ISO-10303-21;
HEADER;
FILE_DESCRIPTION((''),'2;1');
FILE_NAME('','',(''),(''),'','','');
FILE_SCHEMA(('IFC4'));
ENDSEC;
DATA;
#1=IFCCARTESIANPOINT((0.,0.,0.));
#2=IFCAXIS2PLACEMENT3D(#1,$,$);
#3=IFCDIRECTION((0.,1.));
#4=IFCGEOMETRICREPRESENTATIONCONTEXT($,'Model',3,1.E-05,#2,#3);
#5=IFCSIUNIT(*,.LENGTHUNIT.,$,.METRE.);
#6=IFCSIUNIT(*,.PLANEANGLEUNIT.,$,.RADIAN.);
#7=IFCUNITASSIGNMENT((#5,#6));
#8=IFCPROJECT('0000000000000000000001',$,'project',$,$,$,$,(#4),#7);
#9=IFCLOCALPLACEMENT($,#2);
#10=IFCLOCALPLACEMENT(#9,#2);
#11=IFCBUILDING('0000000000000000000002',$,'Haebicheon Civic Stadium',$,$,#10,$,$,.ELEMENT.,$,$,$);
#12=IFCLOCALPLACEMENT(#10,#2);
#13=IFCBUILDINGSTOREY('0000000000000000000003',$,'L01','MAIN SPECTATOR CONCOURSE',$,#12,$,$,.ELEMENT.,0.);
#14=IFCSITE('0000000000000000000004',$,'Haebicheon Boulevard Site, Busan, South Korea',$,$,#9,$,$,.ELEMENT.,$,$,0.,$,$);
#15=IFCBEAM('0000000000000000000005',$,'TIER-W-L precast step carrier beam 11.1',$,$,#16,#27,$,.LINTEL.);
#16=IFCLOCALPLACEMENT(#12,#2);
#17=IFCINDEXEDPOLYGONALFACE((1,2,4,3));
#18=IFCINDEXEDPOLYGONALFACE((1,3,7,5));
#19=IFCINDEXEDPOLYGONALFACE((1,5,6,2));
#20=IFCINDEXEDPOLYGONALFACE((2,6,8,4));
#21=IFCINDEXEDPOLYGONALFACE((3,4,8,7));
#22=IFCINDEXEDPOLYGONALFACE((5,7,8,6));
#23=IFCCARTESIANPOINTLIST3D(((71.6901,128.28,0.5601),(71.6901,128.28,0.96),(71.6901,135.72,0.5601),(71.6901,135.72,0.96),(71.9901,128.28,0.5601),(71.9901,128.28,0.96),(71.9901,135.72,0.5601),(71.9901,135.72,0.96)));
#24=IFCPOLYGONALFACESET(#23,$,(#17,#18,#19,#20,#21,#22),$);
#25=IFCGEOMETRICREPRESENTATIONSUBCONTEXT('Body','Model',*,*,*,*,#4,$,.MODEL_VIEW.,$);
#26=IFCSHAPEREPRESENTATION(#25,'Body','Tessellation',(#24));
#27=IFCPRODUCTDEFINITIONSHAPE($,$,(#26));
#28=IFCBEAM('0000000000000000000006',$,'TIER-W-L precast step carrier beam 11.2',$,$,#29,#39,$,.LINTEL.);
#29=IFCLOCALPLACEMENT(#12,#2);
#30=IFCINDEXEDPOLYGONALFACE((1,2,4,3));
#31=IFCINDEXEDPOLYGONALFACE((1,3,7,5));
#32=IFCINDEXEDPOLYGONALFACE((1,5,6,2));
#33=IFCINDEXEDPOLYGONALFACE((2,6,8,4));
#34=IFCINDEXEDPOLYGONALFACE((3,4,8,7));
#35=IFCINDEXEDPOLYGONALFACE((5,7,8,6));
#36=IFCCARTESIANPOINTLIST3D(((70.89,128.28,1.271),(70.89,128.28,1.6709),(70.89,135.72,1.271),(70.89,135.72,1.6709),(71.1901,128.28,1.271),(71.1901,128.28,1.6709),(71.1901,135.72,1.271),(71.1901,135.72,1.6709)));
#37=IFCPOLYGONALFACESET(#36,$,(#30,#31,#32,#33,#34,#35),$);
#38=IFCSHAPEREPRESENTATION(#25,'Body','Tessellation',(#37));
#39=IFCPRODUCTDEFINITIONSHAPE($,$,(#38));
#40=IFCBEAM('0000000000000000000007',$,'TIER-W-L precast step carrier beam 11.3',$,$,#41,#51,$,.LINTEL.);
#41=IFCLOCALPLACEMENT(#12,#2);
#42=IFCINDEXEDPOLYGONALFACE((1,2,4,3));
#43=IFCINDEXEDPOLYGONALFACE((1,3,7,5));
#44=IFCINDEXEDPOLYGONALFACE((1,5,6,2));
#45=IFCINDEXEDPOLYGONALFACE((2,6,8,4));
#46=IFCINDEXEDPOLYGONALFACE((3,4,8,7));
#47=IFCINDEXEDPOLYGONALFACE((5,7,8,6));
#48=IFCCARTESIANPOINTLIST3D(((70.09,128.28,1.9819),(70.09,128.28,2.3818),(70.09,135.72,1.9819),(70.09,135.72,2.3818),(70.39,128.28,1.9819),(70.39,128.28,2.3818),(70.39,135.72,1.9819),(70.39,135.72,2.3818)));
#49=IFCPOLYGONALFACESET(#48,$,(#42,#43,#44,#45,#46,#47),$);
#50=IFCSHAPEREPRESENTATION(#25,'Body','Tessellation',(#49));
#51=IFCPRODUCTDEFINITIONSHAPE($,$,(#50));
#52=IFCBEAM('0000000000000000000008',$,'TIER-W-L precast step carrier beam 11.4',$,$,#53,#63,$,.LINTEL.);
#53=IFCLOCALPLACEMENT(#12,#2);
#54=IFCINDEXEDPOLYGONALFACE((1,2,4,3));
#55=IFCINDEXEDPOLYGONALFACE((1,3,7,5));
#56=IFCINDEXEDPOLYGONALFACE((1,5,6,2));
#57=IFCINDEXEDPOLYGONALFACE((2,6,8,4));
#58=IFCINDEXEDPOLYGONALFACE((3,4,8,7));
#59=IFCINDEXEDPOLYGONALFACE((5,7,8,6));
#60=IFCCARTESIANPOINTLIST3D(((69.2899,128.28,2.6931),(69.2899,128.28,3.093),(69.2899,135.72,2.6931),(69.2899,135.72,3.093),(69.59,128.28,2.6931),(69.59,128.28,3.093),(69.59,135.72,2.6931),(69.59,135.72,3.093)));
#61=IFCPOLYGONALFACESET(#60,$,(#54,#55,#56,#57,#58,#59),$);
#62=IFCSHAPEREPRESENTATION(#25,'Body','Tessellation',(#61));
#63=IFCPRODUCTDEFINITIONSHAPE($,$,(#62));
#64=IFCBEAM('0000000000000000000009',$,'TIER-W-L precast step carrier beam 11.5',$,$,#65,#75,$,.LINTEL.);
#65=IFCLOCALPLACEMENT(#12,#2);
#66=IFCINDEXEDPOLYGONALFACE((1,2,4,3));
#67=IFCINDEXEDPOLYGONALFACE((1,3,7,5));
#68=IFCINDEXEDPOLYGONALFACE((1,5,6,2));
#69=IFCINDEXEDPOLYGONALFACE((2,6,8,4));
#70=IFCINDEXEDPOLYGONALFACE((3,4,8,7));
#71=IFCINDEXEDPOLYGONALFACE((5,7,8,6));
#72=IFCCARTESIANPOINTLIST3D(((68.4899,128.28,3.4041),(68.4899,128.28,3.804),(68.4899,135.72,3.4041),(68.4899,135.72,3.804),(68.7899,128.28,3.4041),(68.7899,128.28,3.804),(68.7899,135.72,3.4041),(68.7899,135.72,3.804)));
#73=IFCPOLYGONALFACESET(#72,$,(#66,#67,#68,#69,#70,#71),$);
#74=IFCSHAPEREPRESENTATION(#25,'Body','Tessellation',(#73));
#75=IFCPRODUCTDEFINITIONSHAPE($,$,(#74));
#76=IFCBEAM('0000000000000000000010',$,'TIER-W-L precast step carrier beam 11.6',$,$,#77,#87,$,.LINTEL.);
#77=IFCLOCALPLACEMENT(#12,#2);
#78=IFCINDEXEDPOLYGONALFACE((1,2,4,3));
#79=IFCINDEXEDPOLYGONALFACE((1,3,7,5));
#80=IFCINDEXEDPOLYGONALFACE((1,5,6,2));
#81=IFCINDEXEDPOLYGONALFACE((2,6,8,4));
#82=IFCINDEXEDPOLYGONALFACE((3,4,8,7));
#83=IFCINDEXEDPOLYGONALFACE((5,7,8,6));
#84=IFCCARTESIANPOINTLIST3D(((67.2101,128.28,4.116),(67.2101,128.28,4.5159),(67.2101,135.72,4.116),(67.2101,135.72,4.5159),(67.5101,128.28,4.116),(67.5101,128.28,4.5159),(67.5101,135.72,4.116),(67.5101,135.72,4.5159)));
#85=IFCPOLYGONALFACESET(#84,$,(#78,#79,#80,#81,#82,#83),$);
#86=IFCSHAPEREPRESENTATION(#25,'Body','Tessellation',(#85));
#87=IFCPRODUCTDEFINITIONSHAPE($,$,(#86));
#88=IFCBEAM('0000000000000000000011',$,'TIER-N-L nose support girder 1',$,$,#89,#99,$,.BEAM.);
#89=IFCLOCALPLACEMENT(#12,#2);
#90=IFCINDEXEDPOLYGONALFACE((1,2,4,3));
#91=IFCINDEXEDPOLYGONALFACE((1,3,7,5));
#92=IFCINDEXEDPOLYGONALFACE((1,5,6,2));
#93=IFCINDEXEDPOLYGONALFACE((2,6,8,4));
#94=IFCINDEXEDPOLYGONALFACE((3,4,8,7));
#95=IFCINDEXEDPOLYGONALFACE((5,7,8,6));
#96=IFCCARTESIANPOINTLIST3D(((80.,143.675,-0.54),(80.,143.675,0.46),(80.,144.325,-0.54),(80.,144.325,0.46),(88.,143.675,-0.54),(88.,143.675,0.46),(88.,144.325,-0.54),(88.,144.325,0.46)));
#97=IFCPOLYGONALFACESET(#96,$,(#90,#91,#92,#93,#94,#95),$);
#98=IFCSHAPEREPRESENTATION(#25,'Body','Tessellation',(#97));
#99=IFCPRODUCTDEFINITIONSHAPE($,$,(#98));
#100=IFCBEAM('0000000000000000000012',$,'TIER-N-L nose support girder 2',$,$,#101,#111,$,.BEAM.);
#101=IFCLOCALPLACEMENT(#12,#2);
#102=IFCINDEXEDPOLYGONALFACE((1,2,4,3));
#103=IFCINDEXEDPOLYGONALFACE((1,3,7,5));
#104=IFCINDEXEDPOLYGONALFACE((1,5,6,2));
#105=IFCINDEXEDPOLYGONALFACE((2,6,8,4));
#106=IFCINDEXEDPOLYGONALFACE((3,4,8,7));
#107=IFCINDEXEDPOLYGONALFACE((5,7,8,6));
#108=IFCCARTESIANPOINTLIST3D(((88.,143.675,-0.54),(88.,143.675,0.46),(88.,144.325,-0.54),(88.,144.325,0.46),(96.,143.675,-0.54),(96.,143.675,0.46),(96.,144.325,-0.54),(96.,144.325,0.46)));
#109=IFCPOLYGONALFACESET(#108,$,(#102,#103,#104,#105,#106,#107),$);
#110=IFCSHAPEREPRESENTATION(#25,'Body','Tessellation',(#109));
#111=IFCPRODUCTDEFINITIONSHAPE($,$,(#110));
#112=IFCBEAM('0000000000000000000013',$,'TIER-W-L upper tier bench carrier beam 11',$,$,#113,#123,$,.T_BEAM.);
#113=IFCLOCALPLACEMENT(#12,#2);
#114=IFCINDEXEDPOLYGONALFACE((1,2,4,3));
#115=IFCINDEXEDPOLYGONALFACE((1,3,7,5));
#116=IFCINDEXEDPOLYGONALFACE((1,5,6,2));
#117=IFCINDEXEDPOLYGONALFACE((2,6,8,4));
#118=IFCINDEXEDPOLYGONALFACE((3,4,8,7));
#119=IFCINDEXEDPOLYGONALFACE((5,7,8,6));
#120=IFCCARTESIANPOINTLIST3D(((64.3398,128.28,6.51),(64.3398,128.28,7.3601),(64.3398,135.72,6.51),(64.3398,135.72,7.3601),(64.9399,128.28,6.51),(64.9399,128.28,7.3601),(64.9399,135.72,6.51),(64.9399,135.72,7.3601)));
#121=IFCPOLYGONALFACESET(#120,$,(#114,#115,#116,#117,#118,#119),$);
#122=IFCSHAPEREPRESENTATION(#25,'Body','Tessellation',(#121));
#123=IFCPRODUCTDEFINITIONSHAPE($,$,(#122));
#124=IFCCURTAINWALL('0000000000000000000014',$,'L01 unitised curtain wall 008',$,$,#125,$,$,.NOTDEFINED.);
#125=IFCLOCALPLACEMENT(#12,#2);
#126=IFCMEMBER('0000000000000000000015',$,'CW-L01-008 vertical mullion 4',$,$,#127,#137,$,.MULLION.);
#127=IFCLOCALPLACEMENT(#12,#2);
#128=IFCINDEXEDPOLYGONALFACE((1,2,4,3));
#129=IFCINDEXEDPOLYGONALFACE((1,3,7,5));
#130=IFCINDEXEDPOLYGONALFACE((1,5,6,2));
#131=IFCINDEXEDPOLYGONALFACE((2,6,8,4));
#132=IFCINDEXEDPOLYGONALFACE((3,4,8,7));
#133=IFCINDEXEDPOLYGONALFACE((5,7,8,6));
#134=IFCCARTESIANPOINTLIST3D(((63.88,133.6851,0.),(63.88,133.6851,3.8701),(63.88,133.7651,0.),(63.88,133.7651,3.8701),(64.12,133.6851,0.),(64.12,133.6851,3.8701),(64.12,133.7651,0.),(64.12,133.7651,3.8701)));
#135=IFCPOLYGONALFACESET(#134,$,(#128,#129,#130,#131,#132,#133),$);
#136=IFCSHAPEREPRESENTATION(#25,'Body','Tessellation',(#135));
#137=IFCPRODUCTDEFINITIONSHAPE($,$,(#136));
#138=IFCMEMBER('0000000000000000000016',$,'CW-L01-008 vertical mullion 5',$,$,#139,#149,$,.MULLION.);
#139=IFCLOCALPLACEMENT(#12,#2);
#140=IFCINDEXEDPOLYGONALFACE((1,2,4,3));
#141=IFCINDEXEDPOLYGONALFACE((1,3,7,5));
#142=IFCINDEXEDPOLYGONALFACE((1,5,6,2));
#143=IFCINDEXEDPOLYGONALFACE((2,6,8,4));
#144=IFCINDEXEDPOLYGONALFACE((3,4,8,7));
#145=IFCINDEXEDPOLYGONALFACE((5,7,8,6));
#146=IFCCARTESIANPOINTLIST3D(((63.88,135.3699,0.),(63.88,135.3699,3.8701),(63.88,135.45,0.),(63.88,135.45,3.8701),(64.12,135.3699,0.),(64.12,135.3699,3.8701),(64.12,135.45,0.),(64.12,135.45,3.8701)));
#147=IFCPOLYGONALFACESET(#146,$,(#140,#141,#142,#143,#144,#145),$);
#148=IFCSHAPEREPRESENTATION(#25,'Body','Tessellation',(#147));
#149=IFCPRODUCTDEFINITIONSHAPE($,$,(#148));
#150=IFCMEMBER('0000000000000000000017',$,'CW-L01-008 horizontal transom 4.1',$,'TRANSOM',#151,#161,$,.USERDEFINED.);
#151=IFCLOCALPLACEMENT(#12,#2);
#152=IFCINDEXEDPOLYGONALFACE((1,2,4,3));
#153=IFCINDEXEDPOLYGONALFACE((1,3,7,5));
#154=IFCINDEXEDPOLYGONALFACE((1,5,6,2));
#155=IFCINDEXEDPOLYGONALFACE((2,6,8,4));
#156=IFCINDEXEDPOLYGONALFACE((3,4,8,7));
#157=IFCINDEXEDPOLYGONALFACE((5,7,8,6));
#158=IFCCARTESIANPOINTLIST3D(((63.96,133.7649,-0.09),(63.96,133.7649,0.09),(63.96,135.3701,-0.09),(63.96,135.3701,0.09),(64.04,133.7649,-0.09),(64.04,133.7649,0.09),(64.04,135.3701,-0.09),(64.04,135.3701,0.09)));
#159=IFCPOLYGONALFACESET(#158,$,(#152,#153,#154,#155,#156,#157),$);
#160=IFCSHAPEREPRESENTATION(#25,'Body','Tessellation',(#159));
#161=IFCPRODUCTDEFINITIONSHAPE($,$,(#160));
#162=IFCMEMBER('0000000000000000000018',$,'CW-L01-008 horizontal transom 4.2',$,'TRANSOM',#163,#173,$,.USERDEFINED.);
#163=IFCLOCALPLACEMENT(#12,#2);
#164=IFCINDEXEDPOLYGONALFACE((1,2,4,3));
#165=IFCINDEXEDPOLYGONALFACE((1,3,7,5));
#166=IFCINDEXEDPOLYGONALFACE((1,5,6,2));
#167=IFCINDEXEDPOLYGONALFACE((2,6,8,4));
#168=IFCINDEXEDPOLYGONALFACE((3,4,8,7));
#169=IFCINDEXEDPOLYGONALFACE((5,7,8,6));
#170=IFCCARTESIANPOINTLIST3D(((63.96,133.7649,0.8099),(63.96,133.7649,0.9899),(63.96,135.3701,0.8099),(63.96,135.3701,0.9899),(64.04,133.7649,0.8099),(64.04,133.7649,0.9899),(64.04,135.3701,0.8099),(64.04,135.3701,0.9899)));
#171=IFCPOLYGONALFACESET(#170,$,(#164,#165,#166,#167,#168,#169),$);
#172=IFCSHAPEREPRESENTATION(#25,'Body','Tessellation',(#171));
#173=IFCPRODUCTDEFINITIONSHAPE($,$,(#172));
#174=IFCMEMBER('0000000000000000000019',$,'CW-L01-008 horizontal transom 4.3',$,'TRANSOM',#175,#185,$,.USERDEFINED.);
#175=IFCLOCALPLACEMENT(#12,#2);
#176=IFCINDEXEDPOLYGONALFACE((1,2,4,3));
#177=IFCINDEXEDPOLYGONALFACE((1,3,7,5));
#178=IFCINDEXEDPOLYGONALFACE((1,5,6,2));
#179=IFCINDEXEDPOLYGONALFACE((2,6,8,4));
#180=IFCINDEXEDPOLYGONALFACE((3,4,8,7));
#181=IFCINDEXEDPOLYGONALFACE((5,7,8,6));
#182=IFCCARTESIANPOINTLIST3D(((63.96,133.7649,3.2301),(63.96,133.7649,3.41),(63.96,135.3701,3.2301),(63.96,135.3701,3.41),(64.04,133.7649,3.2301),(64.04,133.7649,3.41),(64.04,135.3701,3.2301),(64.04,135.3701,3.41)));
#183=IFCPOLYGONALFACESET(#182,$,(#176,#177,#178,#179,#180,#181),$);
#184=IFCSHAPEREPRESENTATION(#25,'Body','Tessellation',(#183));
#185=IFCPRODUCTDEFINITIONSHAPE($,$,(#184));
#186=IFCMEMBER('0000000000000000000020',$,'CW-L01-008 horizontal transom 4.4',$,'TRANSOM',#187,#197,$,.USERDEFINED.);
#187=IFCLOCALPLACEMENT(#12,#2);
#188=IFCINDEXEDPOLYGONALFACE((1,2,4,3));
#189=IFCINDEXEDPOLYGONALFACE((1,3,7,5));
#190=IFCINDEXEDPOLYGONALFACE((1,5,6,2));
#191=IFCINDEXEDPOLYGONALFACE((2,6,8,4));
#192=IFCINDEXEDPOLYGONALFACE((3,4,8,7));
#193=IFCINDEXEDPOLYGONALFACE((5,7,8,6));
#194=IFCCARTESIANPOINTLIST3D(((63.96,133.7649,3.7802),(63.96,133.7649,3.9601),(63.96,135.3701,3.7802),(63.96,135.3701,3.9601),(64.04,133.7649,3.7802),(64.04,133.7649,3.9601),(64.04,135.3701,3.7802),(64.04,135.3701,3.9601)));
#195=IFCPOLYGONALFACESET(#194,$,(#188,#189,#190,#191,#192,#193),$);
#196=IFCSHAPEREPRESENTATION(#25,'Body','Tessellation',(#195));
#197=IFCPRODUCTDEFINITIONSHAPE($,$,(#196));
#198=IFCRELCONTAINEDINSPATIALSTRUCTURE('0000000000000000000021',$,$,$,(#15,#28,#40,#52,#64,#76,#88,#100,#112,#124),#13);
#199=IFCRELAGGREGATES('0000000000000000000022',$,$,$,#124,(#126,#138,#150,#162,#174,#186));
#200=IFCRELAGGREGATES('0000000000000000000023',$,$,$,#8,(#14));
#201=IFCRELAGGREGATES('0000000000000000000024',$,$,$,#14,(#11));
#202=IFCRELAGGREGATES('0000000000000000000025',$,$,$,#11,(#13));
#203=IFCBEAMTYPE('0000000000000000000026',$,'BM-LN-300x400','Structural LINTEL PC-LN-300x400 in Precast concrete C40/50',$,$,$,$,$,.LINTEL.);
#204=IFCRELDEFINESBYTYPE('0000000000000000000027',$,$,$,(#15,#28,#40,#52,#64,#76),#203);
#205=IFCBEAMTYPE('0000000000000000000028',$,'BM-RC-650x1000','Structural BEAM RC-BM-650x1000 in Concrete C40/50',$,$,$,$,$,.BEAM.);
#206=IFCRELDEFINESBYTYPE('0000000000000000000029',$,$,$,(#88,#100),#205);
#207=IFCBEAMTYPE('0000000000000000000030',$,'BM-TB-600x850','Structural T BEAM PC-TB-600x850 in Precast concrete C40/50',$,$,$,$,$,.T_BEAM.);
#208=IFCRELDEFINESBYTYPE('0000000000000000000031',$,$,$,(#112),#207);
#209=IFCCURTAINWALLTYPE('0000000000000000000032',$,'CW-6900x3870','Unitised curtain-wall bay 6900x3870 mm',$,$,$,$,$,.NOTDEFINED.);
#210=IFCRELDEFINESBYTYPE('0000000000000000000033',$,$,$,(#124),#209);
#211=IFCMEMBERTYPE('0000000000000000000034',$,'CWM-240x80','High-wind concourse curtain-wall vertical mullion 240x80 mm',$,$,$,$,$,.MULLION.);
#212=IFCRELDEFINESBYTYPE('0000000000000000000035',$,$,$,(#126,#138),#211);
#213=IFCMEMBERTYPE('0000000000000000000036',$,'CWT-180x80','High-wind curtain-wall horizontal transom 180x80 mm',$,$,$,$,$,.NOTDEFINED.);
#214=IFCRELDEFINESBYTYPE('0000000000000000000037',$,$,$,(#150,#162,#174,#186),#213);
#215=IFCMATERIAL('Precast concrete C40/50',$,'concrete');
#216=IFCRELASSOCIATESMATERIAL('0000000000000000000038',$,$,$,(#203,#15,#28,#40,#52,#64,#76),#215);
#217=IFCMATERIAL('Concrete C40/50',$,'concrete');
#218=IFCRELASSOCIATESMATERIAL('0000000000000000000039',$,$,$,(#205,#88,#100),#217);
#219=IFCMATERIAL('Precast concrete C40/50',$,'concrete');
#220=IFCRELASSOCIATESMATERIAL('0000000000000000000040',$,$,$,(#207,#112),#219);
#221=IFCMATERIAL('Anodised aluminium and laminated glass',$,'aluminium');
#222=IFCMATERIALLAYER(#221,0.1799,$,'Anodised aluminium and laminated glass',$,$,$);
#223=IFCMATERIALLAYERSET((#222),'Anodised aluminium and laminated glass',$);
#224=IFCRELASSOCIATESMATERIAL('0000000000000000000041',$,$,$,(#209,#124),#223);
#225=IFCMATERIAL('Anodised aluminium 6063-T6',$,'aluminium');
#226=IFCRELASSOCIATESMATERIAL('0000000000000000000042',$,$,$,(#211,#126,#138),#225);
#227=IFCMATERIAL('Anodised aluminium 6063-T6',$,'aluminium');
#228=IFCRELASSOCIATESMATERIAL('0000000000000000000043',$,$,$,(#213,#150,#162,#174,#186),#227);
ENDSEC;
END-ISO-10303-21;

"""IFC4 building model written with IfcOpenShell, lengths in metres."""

from ifc_helpers import new_model, si_unit, direction, frame, origin, origin_2d, place, context, subcontext, project, spatial, rectangle, extrude, material, layer, layer_set, material_profile, profile_set, type_object, element, aggregate, save


model = new_model("IFC4")

# Units and contexts
model_context = context("Model", 3, precision=1e-05, world=origin(), true_north=direction((0.0, 1.0)))
body_context = subcontext(model_context, "Body", "Model", "MODEL_VIEW")
ifc_project = project(units=[si_unit("LENGTHUNIT", "METRE"), si_unit("PLANEANGLEUNIT", "RADIAN")], contexts=[model_context])

# Site, building, storey
site_placement = place(None, origin())
site = spatial("IfcSite", under=ifc_project, at=site_placement, Name="Haebicheon Boulevard Site, Busan, South Korea", CompositionType="ELEMENT", RefElevation=0.0)
building_placement = place(site_placement, origin())
building = spatial("IfcBuilding", under=site, at=building_placement, Name="Haebicheon Civic Stadium", CompositionType="ELEMENT")
storey_placement = place(building_placement, origin())
storey = spatial("IfcBuildingStorey", under=building, at=storey_placement, Name="L01", Description="MAIN SPECTATOR CONCOURSE", CompositionType="ELEMENT", Elevation=0.0)

# Beams
ifc_material_1 = material(Name="Precast concrete C40/50", Category="concrete")
ifc_material_profile_1 = material_profile(ifc_material_1, rectangle(XDim=0.3, YDim=0.3999, at=origin_2d()), Name="PC-LN-300x400")
ifc_profile_set_1 = profile_set([ifc_material_profile_1], Name="Precast concrete C40/50")
beam_type_1 = type_object("IfcBeamType", Name="BM-LN-300x400", Description="Structural LINTEL PC-LN-300x400 in Precast concrete C40/50", PredefinedType="LINTEL", material=ifc_profile_set_1)
for number, where, z_axis, x_axis, name in (
    (1, (71.8401, 128.28, 0.76), (0.0, 1.0, 0.0), (-1.0, 0.0, 0.0), "TIER-W-L precast step carrier beam 11.1"),
    (2, (71.04, 128.28, 1.4709), (0.0, 1.0, 0.0), (-1.0, 0.0, 0.0), "TIER-W-L precast step carrier beam 11.2"),
    (3, (70.24, 128.28, 2.1819), (0.0, 1.0, 0.0), (-1.0, 0.0, 0.0), "TIER-W-L precast step carrier beam 11.3"),
    (4, (69.4399, 128.28, 2.8931), (0.0, 1.0, 0.0), (-1.0, 0.0, 0.0), "TIER-W-L precast step carrier beam 11.4"),
    (5, (68.6399, 128.28, 3.604), (0.0, 1.0, 0.0), (-1.0, 0.0, 0.0), "TIER-W-L precast step carrier beam 11.5"),
    (6, (67.3601, 128.28, 4.3159), (0.0, 1.0, 0.0), (-1.0, 0.0, 0.0), "TIER-W-L precast step carrier beam 11.6"),
):
    element("IfcBeam", number, at=place(storey_placement, frame(where, z_axis=z_axis, x_axis=x_axis)), inside=storey, type_object=beam_type_1, material=ifc_profile_set_1, Name=name, PredefinedType="LINTEL", context=body_context, shape_type="SweptSolid", body=[
        extrude(rectangle(XDim=0.3, YDim=0.3999, at=origin_2d()), origin(), (0.0, 0.0, 1.0), 7.4399),
    ])
ifc_material_2 = material(Name="Concrete C40/50", Category="concrete")
ifc_material_profile_2 = material_profile(ifc_material_2, rectangle(XDim=0.6499, YDim=1.0, at=origin_2d()), Name="RC-BM-650x1000")
ifc_profile_set_2 = profile_set([ifc_material_profile_2], Name="Concrete C40/50")
beam_type_2 = type_object("IfcBeamType", Name="BM-RC-650x1000", Description="Structural BEAM RC-BM-650x1000 in Concrete C40/50", PredefinedType="BEAM", material=ifc_profile_set_2)
for number, where, z_axis, x_axis, name in (
    (7, (80.0, 144.0, -0.04), (1.0, 0.0, 0.0), (0.0, 1.0, 0.0), "TIER-N-L nose support girder 1"),
    (8, (88.0, 144.0, -0.04), (1.0, 0.0, 0.0), (0.0, 1.0, 0.0), "TIER-N-L nose support girder 2"),
):
    element("IfcBeam", number, at=place(storey_placement, frame(where, z_axis=z_axis, x_axis=x_axis)), inside=storey, type_object=beam_type_2, material=ifc_profile_set_2, Name=name, PredefinedType="BEAM", context=body_context, shape_type="SweptSolid", body=[
        extrude(rectangle(XDim=0.6499, YDim=1.0, at=origin_2d()), origin(), (0.0, 0.0, 1.0), 8.0),
    ])
ifc_material_3 = material(Name="Precast concrete C40/50", Category="concrete")
ifc_material_profile_3 = material_profile(ifc_material_3, rectangle(XDim=0.6001, YDim=0.8501, at=origin_2d()), Name="PC-TB-600x850")
ifc_profile_set_3 = profile_set([ifc_material_profile_3], Name="Precast concrete C40/50")
beam_type_3 = type_object("IfcBeamType", Name="BM-TB-600x850", Description="Structural T BEAM PC-TB-600x850 in Precast concrete C40/50", PredefinedType="T_BEAM", material=ifc_profile_set_3)
beam_1_placement = place(storey_placement, frame((64.6399, 128.28, 6.9351), z_axis=(0.0, 1.0, 0.0), x_axis=(-1.0, 0.0, 0.0)))
element("IfcBeam", 9, at=beam_1_placement, inside=storey, type_object=beam_type_3, material=ifc_profile_set_3, Name="TIER-W-L upper tier bench carrier beam 11", PredefinedType="T_BEAM", context=body_context, shape_type="SweptSolid", body=[
    extrude(rectangle(XDim=0.6001, YDim=0.8501, at=origin_2d()), origin(), (0.0, 0.0, 1.0), 7.4399),
])

# Curtain wall, members
ifc_material_4 = material(Name="Anodised aluminium and laminated glass", Category="aluminium")
ifc_layer_1 = layer(ifc_material_4, 0.1799, Name="Anodised aluminium and laminated glass")
ifc_layer_set_1 = layer_set([ifc_layer_1], Name="Anodised aluminium and laminated glass")
curtain_wall_type = type_object("IfcCurtainWallType", Name="CW-6900x3870", Description="Unitised curtain-wall bay 6900x3870 mm", PredefinedType="NOTDEFINED", material=ifc_layer_set_1)
curtain_wall_placement = place(storey_placement, origin())
curtain_wall = element("IfcCurtainWall", 10, at=curtain_wall_placement, inside=storey, type_object=curtain_wall_type, material=ifc_layer_set_1, Name="L01 unitised curtain wall 008", PredefinedType="NOTDEFINED")
ifc_material_5 = material(Name="Anodised aluminium 6063-T6", Category="aluminium")
ifc_material_profile_4 = material_profile(ifc_material_5, rectangle(XDim=0.0801, YDim=0.24, at=origin_2d()), Name="ALU-MULL-80x240")
ifc_profile_set_4 = profile_set([ifc_material_profile_4], Name="Anodised aluminium 6063-T6")
member_type_1 = type_object("IfcMemberType", Name="CWM-240x80", Description="High-wind concourse curtain-wall vertical mullion 240x80 mm", PredefinedType="MULLION", material=ifc_profile_set_4)
member_1_placement = place(storey_placement, frame((64.0, 133.7251, 0.0), z_axis=(0.0, 0.0, 1.0), x_axis=(0.0, 1.0, 0.0)))
member_1 = element("IfcMember", 11, at=member_1_placement, type_object=member_type_1, material=ifc_profile_set_4, Name="CW-L01-008 vertical mullion 4", PredefinedType="MULLION", context=body_context, shape_type="SweptSolid", body=[
    extrude(rectangle(XDim=0.0801, YDim=0.24, at=origin_2d()), origin(), (0.0, 0.0, 1.0), 3.8701),
])
member_2_placement = place(storey_placement, frame((64.0, 135.4099, 0.0), z_axis=(0.0, 0.0, 1.0), x_axis=(0.0, 1.0, 0.0)))
member_2 = element("IfcMember", 12, at=member_2_placement, type_object=member_type_1, material=ifc_profile_set_4, Name="CW-L01-008 vertical mullion 5", PredefinedType="MULLION", context=body_context, shape_type="SweptSolid", body=[
    extrude(rectangle(XDim=0.0801, YDim=0.24, at=origin_2d()), origin(), (0.0, 0.0, 1.0), 3.8701),
])
ifc_material_6 = material(Name="Anodised aluminium 6063-T6", Category="aluminium")
ifc_material_profile_5 = material_profile(ifc_material_6, rectangle(XDim=0.0801, YDim=0.1799, at=origin_2d()), Name="ALU-TRAN-80x180")
ifc_profile_set_5 = profile_set([ifc_material_profile_5], Name="Anodised aluminium 6063-T6")
member_type_2 = type_object("IfcMemberType", Name="CWT-180x80", Description="High-wind curtain-wall horizontal transom 180x80 mm", PredefinedType="NOTDEFINED", material=ifc_profile_set_5)
member_3_placement = place(storey_placement, frame((64.0, 133.7649, 0.0), z_axis=(0.0, 1.0, 0.0), x_axis=(-1.0, 0.0, 0.0)))
member_3 = element("IfcMember", 13, at=member_3_placement, type_object=member_type_2, material=ifc_profile_set_5, Name="CW-L01-008 horizontal transom 4.1", ObjectType="TRANSOM", PredefinedType="USERDEFINED", context=body_context, shape_type="SweptSolid", body=[
    extrude(rectangle(XDim=0.0801, YDim=0.1799, at=origin_2d()), origin(), (0.0, 0.0, 1.0), 1.6052),
])
member_4_placement = place(storey_placement, frame((64.0, 133.7649, 0.8999), z_axis=(0.0, 1.0, 0.0), x_axis=(-1.0, 0.0, 0.0)))
member_4 = element("IfcMember", 14, at=member_4_placement, type_object=member_type_2, material=ifc_profile_set_5, Name="CW-L01-008 horizontal transom 4.2", ObjectType="TRANSOM", PredefinedType="USERDEFINED", context=body_context, shape_type="SweptSolid", body=[
    extrude(rectangle(XDim=0.0801, YDim=0.1799, at=origin_2d()), origin(), (0.0, 0.0, 1.0), 1.6052),
])
member_5_placement = place(storey_placement, frame((64.0, 133.7649, 3.3201), z_axis=(0.0, 1.0, 0.0), x_axis=(-1.0, 0.0, 0.0)))
member_5 = element("IfcMember", 15, at=member_5_placement, type_object=member_type_2, material=ifc_profile_set_5, Name="CW-L01-008 horizontal transom 4.3", ObjectType="TRANSOM", PredefinedType="USERDEFINED", context=body_context, shape_type="SweptSolid", body=[
    extrude(rectangle(XDim=0.0801, YDim=0.1799, at=origin_2d()), origin(), (0.0, 0.0, 1.0), 1.6052),
])
member_6_placement = place(storey_placement, frame((64.0, 133.7649, 3.8701), z_axis=(0.0, 1.0, 0.0), x_axis=(-1.0, 0.0, 0.0)))
member_6 = element("IfcMember", 16, at=member_6_placement, type_object=member_type_2, material=ifc_profile_set_5, Name="CW-L01-008 horizontal transom 4.4", ObjectType="TRANSOM", PredefinedType="USERDEFINED", context=body_context, shape_type="SweptSolid", body=[
    extrude(rectangle(XDim=0.0801, YDim=0.1799, at=origin_2d()), origin(), (0.0, 0.0, 1.0), 1.6052),
])

aggregate(curtain_wall, [member_1, member_2, member_3, member_4, member_5, member_6])

save(model, "model.ifc")
